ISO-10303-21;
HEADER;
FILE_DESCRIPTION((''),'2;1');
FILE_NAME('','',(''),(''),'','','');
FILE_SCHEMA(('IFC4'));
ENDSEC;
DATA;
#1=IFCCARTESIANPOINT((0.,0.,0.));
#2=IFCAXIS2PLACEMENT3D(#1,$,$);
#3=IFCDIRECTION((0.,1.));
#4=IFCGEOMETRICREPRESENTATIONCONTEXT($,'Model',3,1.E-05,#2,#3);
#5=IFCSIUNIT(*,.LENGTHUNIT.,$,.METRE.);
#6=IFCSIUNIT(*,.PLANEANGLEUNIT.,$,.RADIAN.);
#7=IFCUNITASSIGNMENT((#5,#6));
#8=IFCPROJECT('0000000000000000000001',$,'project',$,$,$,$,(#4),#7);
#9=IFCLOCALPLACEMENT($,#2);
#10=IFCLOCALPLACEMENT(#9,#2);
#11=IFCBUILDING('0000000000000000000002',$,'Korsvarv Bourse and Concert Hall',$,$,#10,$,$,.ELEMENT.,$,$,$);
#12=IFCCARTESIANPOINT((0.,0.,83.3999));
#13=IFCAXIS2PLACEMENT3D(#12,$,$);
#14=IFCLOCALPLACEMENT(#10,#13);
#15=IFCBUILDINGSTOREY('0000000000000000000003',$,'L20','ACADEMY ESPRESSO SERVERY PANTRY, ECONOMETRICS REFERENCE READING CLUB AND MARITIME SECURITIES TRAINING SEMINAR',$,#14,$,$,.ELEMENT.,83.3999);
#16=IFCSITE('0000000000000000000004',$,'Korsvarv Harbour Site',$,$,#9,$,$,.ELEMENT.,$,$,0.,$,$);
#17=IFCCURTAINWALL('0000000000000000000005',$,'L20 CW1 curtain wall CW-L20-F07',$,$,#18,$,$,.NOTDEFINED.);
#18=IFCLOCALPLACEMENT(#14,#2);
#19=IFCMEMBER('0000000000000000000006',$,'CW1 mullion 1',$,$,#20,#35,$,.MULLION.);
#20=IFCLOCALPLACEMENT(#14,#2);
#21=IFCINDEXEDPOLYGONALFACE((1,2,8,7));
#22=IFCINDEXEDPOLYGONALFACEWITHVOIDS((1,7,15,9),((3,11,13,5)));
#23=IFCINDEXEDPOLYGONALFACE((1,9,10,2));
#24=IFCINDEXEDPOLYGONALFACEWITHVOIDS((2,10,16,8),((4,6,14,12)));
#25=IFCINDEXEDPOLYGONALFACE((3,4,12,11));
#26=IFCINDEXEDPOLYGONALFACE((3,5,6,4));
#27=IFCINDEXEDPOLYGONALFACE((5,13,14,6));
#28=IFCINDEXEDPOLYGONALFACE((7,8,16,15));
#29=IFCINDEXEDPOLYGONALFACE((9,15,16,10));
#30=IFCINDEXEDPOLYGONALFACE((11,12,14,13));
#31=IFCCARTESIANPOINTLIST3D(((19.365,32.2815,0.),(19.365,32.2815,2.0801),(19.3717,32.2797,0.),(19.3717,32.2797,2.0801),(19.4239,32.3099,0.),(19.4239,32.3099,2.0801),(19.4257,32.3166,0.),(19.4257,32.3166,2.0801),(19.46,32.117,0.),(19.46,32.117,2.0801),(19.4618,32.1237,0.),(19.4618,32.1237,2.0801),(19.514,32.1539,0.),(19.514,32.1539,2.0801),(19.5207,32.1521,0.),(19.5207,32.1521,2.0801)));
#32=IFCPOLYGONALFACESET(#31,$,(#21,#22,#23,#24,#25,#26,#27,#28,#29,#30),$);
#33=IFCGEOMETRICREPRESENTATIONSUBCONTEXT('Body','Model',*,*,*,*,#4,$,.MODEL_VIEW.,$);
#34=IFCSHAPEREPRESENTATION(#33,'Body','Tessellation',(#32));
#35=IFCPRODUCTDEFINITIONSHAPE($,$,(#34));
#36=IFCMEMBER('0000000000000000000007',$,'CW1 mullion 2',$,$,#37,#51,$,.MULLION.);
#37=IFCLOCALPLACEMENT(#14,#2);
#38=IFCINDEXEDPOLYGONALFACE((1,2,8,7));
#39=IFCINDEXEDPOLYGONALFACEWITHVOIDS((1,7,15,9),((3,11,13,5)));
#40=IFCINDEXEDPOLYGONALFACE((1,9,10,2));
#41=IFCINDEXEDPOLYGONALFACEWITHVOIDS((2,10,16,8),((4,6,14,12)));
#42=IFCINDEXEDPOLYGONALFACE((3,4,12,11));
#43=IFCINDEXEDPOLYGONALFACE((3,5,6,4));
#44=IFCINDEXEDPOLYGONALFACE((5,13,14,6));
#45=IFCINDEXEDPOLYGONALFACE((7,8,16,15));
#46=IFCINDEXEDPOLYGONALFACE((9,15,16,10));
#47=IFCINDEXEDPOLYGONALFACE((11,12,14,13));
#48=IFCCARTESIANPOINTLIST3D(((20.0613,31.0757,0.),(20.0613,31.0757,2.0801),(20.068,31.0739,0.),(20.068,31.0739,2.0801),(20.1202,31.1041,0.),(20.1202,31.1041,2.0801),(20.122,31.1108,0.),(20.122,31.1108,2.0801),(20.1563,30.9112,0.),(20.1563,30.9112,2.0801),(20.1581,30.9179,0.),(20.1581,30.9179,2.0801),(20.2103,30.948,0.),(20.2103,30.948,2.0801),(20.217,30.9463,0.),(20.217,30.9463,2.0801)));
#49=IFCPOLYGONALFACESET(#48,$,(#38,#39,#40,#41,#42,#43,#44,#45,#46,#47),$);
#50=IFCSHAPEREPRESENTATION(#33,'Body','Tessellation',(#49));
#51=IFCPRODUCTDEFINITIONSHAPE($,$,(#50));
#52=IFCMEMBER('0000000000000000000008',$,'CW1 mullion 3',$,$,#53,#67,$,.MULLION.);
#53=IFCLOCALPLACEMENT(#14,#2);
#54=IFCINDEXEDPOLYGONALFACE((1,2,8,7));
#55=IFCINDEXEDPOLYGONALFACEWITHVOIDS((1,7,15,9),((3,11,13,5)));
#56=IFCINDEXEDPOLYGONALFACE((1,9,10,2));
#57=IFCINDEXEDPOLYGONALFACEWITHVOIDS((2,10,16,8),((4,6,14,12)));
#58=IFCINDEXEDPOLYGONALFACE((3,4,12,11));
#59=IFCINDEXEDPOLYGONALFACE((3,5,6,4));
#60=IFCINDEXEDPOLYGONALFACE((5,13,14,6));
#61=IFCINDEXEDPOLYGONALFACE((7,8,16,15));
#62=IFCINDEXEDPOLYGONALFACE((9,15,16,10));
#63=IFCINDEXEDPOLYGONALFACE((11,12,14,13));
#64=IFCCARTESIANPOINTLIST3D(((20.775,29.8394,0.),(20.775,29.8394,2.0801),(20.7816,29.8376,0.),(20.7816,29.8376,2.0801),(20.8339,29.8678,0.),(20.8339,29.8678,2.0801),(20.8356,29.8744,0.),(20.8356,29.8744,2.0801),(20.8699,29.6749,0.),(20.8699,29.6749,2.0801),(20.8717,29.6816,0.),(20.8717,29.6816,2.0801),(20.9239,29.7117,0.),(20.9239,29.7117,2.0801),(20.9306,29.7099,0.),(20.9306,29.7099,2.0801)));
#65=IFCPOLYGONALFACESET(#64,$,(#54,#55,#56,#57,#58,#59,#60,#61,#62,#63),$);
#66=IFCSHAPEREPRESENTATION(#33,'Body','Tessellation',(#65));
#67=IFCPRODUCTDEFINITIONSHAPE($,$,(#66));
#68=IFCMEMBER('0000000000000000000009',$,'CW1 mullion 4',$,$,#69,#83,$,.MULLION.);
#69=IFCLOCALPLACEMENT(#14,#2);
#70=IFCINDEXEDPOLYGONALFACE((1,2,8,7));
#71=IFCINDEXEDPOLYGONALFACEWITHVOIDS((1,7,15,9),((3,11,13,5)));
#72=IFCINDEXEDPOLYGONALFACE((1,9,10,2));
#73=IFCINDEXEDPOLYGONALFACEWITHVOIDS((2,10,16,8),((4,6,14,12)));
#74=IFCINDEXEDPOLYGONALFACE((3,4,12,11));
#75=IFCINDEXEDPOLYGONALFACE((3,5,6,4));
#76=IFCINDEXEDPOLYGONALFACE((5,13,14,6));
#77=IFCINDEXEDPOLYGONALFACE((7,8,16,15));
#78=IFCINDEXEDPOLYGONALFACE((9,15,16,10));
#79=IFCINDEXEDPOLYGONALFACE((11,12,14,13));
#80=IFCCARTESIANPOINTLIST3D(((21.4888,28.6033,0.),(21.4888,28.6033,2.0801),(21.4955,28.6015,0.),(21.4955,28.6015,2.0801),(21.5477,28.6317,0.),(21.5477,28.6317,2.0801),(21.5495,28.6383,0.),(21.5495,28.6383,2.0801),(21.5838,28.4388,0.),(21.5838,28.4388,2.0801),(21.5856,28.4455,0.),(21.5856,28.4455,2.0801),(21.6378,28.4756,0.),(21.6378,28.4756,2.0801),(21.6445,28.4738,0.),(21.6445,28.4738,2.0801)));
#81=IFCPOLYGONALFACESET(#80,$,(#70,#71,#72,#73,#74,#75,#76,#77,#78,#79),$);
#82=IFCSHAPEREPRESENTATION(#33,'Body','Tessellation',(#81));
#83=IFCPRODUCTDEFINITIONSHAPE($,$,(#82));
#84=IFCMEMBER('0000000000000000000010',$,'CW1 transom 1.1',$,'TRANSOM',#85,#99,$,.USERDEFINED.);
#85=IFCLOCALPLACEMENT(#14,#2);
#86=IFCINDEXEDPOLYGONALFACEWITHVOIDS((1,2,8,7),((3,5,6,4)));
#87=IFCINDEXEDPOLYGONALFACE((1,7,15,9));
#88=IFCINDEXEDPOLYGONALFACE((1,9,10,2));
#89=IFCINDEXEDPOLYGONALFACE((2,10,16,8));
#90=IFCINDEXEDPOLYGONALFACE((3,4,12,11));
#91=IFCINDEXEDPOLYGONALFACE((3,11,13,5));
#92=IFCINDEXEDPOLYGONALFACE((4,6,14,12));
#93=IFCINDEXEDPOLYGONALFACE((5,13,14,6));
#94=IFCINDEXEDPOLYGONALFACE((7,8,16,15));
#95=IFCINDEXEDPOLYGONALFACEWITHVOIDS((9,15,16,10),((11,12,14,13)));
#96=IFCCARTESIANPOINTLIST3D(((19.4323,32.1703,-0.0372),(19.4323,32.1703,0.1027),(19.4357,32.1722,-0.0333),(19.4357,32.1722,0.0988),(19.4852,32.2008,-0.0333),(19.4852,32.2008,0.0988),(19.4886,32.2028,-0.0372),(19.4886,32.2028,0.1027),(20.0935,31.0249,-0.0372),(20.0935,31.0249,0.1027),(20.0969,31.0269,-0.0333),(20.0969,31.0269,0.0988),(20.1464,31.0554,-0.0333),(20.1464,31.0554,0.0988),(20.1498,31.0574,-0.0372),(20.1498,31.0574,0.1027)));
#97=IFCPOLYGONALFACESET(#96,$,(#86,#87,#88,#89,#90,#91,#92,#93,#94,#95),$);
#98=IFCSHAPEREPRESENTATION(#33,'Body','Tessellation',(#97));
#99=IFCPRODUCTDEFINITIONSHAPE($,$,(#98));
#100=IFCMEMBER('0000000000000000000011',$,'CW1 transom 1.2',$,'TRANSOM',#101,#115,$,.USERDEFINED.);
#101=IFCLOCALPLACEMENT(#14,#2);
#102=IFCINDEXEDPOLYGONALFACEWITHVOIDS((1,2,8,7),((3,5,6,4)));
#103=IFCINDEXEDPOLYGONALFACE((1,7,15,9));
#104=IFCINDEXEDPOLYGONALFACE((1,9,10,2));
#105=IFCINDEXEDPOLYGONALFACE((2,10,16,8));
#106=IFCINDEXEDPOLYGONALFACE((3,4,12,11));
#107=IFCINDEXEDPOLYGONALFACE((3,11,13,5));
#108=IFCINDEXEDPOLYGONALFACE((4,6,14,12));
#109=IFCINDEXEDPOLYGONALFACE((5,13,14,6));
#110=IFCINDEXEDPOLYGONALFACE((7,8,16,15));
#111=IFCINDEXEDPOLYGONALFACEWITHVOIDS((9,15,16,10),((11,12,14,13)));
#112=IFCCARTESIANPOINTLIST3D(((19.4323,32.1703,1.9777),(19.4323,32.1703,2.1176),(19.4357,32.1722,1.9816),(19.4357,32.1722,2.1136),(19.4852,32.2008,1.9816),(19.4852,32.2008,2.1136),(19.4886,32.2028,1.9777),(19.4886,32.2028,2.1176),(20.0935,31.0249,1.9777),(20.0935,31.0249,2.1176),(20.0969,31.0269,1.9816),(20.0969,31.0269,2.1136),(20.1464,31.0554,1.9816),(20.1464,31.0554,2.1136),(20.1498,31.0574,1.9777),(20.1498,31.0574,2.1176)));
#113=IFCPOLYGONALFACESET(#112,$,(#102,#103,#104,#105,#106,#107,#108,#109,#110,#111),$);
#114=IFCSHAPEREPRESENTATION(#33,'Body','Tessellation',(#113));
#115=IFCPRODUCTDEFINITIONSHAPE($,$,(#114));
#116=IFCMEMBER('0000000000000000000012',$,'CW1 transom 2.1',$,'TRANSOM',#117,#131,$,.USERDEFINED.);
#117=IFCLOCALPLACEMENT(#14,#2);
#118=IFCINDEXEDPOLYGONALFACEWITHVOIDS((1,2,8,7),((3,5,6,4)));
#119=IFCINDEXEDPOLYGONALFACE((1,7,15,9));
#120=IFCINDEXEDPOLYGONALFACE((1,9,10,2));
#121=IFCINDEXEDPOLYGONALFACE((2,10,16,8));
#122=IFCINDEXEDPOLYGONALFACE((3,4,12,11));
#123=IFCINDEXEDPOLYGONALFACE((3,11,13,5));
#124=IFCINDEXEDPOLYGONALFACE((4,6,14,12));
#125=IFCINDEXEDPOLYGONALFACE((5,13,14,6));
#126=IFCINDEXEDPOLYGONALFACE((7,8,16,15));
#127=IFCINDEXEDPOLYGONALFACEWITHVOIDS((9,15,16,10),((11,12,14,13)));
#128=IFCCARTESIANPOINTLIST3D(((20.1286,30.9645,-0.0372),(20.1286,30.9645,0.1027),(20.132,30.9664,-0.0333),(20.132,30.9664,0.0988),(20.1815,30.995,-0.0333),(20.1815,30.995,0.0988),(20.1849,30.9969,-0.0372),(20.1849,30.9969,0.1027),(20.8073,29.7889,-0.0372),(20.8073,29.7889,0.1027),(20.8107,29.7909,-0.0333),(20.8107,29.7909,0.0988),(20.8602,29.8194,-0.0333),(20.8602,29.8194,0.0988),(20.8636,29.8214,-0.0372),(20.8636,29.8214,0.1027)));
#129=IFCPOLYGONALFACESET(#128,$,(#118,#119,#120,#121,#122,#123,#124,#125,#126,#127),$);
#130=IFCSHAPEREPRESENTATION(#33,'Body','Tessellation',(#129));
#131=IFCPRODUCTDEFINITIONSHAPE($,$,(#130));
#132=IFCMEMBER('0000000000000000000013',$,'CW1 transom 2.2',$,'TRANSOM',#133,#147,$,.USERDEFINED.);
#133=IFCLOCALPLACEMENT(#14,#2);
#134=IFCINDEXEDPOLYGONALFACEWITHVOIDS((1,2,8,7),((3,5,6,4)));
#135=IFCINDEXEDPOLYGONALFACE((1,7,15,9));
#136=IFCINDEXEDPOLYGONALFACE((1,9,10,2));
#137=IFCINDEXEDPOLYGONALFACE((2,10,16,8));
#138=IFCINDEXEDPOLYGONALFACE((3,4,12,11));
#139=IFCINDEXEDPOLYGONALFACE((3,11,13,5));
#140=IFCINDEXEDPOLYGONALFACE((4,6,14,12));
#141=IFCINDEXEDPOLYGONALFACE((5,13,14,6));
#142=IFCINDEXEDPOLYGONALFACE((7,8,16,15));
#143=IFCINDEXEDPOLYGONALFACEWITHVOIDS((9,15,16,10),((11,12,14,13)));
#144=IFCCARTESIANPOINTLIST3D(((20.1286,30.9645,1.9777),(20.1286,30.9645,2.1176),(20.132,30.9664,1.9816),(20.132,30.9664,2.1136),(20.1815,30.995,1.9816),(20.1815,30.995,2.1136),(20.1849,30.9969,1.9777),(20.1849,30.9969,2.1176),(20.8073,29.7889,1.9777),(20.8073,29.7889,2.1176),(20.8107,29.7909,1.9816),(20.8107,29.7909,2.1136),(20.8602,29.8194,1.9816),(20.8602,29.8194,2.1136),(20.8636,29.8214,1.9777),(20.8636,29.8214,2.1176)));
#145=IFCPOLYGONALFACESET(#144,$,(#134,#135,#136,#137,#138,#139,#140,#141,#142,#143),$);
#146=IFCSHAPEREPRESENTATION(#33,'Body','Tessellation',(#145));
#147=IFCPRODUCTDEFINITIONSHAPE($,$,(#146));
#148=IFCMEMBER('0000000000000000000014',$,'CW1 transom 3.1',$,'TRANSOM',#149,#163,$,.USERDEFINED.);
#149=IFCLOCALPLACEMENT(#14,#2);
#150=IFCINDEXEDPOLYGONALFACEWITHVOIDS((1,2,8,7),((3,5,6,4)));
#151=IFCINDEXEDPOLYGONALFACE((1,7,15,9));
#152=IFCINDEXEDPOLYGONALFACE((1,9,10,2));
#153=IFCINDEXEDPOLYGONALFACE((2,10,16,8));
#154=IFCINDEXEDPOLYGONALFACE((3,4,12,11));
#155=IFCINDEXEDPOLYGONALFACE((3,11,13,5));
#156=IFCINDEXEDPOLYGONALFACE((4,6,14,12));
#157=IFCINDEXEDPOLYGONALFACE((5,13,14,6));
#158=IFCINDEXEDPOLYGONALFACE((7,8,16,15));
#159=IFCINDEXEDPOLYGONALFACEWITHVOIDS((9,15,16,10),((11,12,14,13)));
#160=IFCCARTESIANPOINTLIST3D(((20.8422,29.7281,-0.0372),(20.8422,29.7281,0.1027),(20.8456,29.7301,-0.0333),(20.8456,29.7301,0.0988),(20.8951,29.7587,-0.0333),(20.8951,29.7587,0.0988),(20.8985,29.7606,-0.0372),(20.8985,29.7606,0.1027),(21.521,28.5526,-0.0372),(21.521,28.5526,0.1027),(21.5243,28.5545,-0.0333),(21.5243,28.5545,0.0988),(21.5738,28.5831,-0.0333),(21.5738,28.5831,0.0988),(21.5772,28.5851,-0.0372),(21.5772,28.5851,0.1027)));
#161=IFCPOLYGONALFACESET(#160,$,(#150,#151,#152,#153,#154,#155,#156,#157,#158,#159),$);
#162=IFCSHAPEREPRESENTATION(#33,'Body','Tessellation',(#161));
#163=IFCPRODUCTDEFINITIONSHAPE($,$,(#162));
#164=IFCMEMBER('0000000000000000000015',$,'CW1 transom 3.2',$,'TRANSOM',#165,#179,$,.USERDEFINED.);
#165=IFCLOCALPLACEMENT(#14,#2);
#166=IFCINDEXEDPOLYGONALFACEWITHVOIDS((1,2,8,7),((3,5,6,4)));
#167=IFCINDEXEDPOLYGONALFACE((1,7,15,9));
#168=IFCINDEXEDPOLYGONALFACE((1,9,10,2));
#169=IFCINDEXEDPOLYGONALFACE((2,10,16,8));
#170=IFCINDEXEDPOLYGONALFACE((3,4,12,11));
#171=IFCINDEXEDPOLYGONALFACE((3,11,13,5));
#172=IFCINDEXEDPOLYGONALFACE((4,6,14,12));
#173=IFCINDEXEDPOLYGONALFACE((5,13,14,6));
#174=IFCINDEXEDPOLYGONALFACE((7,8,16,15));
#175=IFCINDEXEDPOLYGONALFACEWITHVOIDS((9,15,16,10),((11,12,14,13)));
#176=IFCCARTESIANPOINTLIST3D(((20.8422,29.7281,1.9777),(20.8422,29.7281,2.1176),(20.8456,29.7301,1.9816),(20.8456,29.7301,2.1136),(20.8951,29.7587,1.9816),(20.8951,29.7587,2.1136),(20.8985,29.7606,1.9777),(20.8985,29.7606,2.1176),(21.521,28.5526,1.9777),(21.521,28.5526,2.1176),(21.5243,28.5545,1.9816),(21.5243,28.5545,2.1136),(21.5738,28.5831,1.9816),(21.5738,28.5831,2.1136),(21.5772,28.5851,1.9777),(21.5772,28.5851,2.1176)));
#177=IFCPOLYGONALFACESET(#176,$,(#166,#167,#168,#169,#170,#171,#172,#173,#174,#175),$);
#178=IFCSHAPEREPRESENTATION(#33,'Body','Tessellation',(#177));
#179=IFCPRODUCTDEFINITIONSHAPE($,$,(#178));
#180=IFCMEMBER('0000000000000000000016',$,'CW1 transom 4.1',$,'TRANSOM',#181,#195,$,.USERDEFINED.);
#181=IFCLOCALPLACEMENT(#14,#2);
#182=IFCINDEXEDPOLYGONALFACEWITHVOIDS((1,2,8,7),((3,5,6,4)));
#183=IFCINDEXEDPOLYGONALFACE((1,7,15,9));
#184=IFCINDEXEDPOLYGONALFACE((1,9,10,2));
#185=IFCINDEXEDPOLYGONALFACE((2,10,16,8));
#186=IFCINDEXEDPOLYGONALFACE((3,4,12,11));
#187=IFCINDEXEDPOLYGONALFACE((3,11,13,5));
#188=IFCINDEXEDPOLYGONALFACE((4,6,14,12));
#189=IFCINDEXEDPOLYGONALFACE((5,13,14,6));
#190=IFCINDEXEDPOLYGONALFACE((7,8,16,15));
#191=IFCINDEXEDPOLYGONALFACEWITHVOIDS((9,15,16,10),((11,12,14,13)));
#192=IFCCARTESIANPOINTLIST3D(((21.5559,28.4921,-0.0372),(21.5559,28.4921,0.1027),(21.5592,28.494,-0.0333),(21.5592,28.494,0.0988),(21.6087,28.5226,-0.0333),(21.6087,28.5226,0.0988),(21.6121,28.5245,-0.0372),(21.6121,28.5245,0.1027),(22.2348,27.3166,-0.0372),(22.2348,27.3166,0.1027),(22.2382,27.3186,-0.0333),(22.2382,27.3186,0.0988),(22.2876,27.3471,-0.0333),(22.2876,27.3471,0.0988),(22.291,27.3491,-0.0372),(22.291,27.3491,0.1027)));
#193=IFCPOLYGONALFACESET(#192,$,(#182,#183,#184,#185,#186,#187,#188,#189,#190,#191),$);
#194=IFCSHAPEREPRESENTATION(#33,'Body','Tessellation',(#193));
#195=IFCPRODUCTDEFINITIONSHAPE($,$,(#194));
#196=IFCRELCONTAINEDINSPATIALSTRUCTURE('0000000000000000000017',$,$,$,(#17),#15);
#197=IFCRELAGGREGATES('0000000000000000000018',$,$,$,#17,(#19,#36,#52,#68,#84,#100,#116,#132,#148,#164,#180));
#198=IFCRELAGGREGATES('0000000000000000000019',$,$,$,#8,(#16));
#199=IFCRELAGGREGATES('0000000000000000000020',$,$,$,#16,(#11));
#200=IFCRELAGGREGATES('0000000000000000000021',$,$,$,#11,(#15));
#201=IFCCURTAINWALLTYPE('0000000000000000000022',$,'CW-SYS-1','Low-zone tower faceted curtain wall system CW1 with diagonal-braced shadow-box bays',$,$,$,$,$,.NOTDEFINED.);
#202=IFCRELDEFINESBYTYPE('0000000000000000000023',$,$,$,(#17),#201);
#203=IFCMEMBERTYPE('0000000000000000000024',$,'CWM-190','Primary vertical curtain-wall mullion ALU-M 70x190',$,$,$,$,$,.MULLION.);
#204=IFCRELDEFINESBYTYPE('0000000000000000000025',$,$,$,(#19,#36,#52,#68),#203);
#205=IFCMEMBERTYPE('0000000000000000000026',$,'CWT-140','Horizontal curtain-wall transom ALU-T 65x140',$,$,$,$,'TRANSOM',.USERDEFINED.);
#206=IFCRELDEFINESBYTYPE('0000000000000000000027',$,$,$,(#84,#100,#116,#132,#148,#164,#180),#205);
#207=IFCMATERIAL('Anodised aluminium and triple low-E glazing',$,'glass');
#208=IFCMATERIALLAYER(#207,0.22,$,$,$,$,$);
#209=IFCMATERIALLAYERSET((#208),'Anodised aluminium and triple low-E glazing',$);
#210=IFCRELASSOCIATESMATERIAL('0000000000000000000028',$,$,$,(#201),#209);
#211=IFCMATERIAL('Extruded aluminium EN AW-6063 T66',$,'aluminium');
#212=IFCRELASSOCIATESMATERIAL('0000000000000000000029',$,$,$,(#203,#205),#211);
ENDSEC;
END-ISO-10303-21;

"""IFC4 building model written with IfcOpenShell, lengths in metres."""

from ifc_helpers import new_model, si_unit, direction, frame, origin, origin_2d, place, context, subcontext, project, spatial, hollow_rectangle, extrude, source, transform, mapped, material, layer, layer_set, material_profile, profile_set, type_object, element, aggregate, save


model = new_model("IFC4")

# Units and contexts
model_context = context("Model", 3, precision=1e-05, world=origin(), true_north=direction((0.0, 1.0)))
body_context = subcontext(model_context, "Body", "Model", "MODEL_VIEW")
ifc_project = project(units=[si_unit("LENGTHUNIT", "METRE"), si_unit("PLANEANGLEUNIT", "RADIAN")], contexts=[model_context])

# Site, building, storey
site_placement = place(None, origin())
site = spatial("IfcSite", under=ifc_project, at=site_placement, Name="Korsvarv Harbour Site", CompositionType="ELEMENT", RefElevation=0.0)
building_placement = place(site_placement, origin())
building = spatial("IfcBuilding", under=site, at=building_placement, Name="Korsvarv Bourse and Concert Hall", CompositionType="ELEMENT")
storey_placement = place(building_placement, frame((0.0, 0.0, 83.3999)))
storey = spatial("IfcBuildingStorey", under=building, at=storey_placement, Name="L20", Description="ACADEMY ESPRESSO SERVERY PANTRY, ECONOMETRICS REFERENCE READING CLUB AND MARITIME SECURITIES TRAINING SEMINAR", CompositionType="ELEMENT", Elevation=83.3999)

# Curtain wall, members
ifc_material_1 = material(Name="Anodised aluminium and triple low-E glazing", Category="glass")
ifc_layer_1 = layer(ifc_material_1, 0.22)
ifc_layer_set_1 = layer_set([ifc_layer_1], Name="Anodised aluminium and triple low-E glazing")
curtain_wall_type = type_object("IfcCurtainWallType", Name="CW-SYS-1", Description="Low-zone tower faceted curtain wall system CW1 with diagonal-braced shadow-box bays", PredefinedType="NOTDEFINED", material=ifc_layer_set_1)
curtain_wall_placement = place(storey_placement, origin())
curtain_wall = element("IfcCurtainWall", 1, at=curtain_wall_placement, inside=storey, type_object=curtain_wall_type, Name="L20 CW1 curtain wall CW-L20-F07", PredefinedType="NOTDEFINED")
ifc_material_2 = material(Name="Extruded aluminium EN AW-6063 T66", Category="aluminium")
ifc_material_profile_1 = material_profile(ifc_material_2, hollow_rectangle(XDim=0.0701, YDim=0.1899, WallThickness=0.0049, at=origin_2d()), Name="ALU-M 70x190")
ifc_profile_set_1 = profile_set([ifc_material_profile_1], Name="Extruded aluminium EN AW-6063 T66")
member_type_1 = type_object("IfcMemberType", Name="CWM-190", Description="Primary vertical curtain-wall mullion ALU-M 70x190", PredefinedType="MULLION", material=ifc_profile_set_1)
shared_shape_1 = source(origin(), body_context, "Body", "SweptSolid", [
    extrude(hollow_rectangle(XDim=0.0701, YDim=0.1899, WallThickness=0.0049, at=origin_2d()), origin(), (0.0, 0.0, 1.0), 2.0801),
])
member_1_placement = place(storey_placement, frame((19.4429, 32.2168, 0.0), z_axis=(0.0, 0.0, 1.0), x_axis=(0.866024, 0.500002, 0.0)))
member_1 = element("IfcMember", 2, at=member_1_placement, type_object=member_type_1, Name="CW1 mullion 1", PredefinedType="MULLION", context=body_context, shape_type="MappedRepresentation", body=[
    mapped(shared_shape_1, transform((0.0, 0.0, 0.0), scale=1.0)),
])
member_2_placement = place(storey_placement, frame((20.1392, 31.011, 0.0), z_axis=(0.0, 0.0, 1.0), x_axis=(0.866024, 0.500002, 0.0)))
member_2 = element("IfcMember", 3, at=member_2_placement, type_object=member_type_1, Name="CW1 mullion 2", PredefinedType="MULLION", context=body_context, shape_type="MappedRepresentation", body=[
    mapped(shared_shape_1, transform((0.0, 0.0, 0.0), scale=1.0)),
])
member_3_placement = place(storey_placement, frame((20.8528, 29.7747, 0.0), z_axis=(0.0, 0.0, 1.0), x_axis=(0.866024, 0.500002, 0.0)))
member_3 = element("IfcMember", 4, at=member_3_placement, type_object=member_type_1, Name="CW1 mullion 3", PredefinedType="MULLION", context=body_context, shape_type="MappedRepresentation", body=[
    mapped(shared_shape_1, transform((0.0, 0.0, 0.0), scale=1.0)),
])
member_4_placement = place(storey_placement, frame((21.5667, 28.5386, 0.0), z_axis=(0.0, 0.0, 1.0), x_axis=(0.866024, 0.500002, 0.0)))
member_4 = element("IfcMember", 5, at=member_4_placement, type_object=member_type_1, Name="CW1 mullion 4", PredefinedType="MULLION", context=body_context, shape_type="MappedRepresentation", body=[
    mapped(shared_shape_1, transform((0.0, 0.0, 0.0), scale=1.0)),
])
ifc_material_profile_2 = material_profile(ifc_material_2, hollow_rectangle(XDim=0.0649, YDim=0.1399, WallThickness=0.0039, at=origin_2d()), Name="ALU-T 65x140")
ifc_profile_set_2 = profile_set([ifc_material_profile_2], Name="Extruded aluminium EN AW-6063 T66")
member_type_2 = type_object("IfcMemberType", Name="CWT-140", Description="Horizontal curtain-wall transom ALU-T 65x140", ElementType="TRANSOM", PredefinedType="USERDEFINED", material=ifc_profile_set_2)
shared_shape_2 = source(origin(), body_context, "Body", "SweptSolid", [
    extrude(hollow_rectangle(XDim=0.0649, YDim=0.1399, WallThickness=0.0039, at=origin_2d()), origin(), (0.0, 0.0, 1.0), 1.3225),
])
member_5_placement = place(storey_placement, frame((19.4604, 32.1865, 0.0327), z_axis=(0.499952, -0.866053, 0.0), x_axis=(0.866053, 0.499952, 0.0)))
member_5 = element("IfcMember", 6, at=member_5_placement, type_object=member_type_2, Name="CW1 transom 1.1", ObjectType="TRANSOM", PredefinedType="USERDEFINED", context=body_context, shape_type="MappedRepresentation", body=[
    mapped(shared_shape_2, transform((0.0, 0.0, 0.0), scale=1.0)),
])
member_6_placement = place(storey_placement, frame((19.4604, 32.1865, 2.0476), z_axis=(0.499952, -0.866053, 0.0), x_axis=(0.866053, 0.499952, 0.0)))
member_6 = element("IfcMember", 7, at=member_6_placement, type_object=member_type_2, Name="CW1 transom 1.2", ObjectType="TRANSOM", PredefinedType="USERDEFINED", context=body_context, shape_type="MappedRepresentation", body=[
    mapped(shared_shape_2, transform((0.0, 0.0, 0.0), scale=1.0)),
])
shared_shape_3 = source(origin(), body_context, "Body", "SweptSolid", [
    extrude(hollow_rectangle(XDim=0.0649, YDim=0.1399, WallThickness=0.0039, at=origin_2d()), origin(), (0.0, 0.0, 1.0), 1.3574),
])
member_7_placement = place(storey_placement, frame((20.1567, 30.9807, 0.0327), z_axis=(0.500008, -0.866021, 0.0), x_axis=(0.866021, 0.500008, 0.0)))
member_7 = element("IfcMember", 8, at=member_7_placement, type_object=member_type_2, Name="CW1 transom 2.1", ObjectType="TRANSOM", PredefinedType="USERDEFINED", context=body_context, shape_type="MappedRepresentation", body=[
    mapped(shared_shape_3, transform((0.0, 0.0, 0.0), scale=1.0)),
])
member_8_placement = place(storey_placement, frame((20.1567, 30.9807, 2.0476), z_axis=(0.500008, -0.866021, 0.0), x_axis=(0.866021, 0.500008, 0.0)))
member_8 = element("IfcMember", 9, at=member_8_placement, type_object=member_type_2, Name="CW1 transom 2.2", ObjectType="TRANSOM", PredefinedType="USERDEFINED", context=body_context, shape_type="MappedRepresentation", body=[
    mapped(shared_shape_3, transform((0.0, 0.0, 0.0), scale=1.0)),
])
member_9_placement = place(storey_placement, frame((20.8704, 29.7444, 0.0327), z_axis=(0.500008, -0.866021, 0.0), x_axis=(0.866021, 0.500008, 0.0)))
member_9 = element("IfcMember", 10, at=member_9_placement, type_object=member_type_2, Name="CW1 transom 3.1", ObjectType="TRANSOM", PredefinedType="USERDEFINED", context=body_context, shape_type="MappedRepresentation", body=[
    mapped(shared_shape_3, transform((0.0, 0.0, 0.0), scale=1.0)),
])
member_10_placement = place(storey_placement, frame((20.8704, 29.7444, 2.0476), z_axis=(0.500008, -0.866021, 0.0), x_axis=(0.866021, 0.500008, 0.0)))
member_10 = element("IfcMember", 11, at=member_10_placement, type_object=member_type_2, Name="CW1 transom 3.2", ObjectType="TRANSOM", PredefinedType="USERDEFINED", context=body_context, shape_type="MappedRepresentation", body=[
    mapped(shared_shape_3, transform((0.0, 0.0, 0.0), scale=1.0)),
])
member_11_placement = place(storey_placement, frame((21.584, 28.5083, 0.0327), z_axis=(0.500143, -0.865943, 0.0), x_axis=(0.865943, 0.500143, 0.0)))
member_11 = element("IfcMember", 12, at=member_11_placement, type_object=member_type_2, Name="CW1 transom 4.1", ObjectType="TRANSOM", PredefinedType="USERDEFINED", context=body_context, shape_type="MappedRepresentation", body=[
    mapped(shared_shape_3, transform((0.0, 0.0, 0.0), scale=1.0)),
])
aggregate(curtain_wall, [member_1, member_2, member_3, member_4, member_5, member_6, member_7, member_8, member_9, member_10, member_11])

save(model, "model.ifc")
